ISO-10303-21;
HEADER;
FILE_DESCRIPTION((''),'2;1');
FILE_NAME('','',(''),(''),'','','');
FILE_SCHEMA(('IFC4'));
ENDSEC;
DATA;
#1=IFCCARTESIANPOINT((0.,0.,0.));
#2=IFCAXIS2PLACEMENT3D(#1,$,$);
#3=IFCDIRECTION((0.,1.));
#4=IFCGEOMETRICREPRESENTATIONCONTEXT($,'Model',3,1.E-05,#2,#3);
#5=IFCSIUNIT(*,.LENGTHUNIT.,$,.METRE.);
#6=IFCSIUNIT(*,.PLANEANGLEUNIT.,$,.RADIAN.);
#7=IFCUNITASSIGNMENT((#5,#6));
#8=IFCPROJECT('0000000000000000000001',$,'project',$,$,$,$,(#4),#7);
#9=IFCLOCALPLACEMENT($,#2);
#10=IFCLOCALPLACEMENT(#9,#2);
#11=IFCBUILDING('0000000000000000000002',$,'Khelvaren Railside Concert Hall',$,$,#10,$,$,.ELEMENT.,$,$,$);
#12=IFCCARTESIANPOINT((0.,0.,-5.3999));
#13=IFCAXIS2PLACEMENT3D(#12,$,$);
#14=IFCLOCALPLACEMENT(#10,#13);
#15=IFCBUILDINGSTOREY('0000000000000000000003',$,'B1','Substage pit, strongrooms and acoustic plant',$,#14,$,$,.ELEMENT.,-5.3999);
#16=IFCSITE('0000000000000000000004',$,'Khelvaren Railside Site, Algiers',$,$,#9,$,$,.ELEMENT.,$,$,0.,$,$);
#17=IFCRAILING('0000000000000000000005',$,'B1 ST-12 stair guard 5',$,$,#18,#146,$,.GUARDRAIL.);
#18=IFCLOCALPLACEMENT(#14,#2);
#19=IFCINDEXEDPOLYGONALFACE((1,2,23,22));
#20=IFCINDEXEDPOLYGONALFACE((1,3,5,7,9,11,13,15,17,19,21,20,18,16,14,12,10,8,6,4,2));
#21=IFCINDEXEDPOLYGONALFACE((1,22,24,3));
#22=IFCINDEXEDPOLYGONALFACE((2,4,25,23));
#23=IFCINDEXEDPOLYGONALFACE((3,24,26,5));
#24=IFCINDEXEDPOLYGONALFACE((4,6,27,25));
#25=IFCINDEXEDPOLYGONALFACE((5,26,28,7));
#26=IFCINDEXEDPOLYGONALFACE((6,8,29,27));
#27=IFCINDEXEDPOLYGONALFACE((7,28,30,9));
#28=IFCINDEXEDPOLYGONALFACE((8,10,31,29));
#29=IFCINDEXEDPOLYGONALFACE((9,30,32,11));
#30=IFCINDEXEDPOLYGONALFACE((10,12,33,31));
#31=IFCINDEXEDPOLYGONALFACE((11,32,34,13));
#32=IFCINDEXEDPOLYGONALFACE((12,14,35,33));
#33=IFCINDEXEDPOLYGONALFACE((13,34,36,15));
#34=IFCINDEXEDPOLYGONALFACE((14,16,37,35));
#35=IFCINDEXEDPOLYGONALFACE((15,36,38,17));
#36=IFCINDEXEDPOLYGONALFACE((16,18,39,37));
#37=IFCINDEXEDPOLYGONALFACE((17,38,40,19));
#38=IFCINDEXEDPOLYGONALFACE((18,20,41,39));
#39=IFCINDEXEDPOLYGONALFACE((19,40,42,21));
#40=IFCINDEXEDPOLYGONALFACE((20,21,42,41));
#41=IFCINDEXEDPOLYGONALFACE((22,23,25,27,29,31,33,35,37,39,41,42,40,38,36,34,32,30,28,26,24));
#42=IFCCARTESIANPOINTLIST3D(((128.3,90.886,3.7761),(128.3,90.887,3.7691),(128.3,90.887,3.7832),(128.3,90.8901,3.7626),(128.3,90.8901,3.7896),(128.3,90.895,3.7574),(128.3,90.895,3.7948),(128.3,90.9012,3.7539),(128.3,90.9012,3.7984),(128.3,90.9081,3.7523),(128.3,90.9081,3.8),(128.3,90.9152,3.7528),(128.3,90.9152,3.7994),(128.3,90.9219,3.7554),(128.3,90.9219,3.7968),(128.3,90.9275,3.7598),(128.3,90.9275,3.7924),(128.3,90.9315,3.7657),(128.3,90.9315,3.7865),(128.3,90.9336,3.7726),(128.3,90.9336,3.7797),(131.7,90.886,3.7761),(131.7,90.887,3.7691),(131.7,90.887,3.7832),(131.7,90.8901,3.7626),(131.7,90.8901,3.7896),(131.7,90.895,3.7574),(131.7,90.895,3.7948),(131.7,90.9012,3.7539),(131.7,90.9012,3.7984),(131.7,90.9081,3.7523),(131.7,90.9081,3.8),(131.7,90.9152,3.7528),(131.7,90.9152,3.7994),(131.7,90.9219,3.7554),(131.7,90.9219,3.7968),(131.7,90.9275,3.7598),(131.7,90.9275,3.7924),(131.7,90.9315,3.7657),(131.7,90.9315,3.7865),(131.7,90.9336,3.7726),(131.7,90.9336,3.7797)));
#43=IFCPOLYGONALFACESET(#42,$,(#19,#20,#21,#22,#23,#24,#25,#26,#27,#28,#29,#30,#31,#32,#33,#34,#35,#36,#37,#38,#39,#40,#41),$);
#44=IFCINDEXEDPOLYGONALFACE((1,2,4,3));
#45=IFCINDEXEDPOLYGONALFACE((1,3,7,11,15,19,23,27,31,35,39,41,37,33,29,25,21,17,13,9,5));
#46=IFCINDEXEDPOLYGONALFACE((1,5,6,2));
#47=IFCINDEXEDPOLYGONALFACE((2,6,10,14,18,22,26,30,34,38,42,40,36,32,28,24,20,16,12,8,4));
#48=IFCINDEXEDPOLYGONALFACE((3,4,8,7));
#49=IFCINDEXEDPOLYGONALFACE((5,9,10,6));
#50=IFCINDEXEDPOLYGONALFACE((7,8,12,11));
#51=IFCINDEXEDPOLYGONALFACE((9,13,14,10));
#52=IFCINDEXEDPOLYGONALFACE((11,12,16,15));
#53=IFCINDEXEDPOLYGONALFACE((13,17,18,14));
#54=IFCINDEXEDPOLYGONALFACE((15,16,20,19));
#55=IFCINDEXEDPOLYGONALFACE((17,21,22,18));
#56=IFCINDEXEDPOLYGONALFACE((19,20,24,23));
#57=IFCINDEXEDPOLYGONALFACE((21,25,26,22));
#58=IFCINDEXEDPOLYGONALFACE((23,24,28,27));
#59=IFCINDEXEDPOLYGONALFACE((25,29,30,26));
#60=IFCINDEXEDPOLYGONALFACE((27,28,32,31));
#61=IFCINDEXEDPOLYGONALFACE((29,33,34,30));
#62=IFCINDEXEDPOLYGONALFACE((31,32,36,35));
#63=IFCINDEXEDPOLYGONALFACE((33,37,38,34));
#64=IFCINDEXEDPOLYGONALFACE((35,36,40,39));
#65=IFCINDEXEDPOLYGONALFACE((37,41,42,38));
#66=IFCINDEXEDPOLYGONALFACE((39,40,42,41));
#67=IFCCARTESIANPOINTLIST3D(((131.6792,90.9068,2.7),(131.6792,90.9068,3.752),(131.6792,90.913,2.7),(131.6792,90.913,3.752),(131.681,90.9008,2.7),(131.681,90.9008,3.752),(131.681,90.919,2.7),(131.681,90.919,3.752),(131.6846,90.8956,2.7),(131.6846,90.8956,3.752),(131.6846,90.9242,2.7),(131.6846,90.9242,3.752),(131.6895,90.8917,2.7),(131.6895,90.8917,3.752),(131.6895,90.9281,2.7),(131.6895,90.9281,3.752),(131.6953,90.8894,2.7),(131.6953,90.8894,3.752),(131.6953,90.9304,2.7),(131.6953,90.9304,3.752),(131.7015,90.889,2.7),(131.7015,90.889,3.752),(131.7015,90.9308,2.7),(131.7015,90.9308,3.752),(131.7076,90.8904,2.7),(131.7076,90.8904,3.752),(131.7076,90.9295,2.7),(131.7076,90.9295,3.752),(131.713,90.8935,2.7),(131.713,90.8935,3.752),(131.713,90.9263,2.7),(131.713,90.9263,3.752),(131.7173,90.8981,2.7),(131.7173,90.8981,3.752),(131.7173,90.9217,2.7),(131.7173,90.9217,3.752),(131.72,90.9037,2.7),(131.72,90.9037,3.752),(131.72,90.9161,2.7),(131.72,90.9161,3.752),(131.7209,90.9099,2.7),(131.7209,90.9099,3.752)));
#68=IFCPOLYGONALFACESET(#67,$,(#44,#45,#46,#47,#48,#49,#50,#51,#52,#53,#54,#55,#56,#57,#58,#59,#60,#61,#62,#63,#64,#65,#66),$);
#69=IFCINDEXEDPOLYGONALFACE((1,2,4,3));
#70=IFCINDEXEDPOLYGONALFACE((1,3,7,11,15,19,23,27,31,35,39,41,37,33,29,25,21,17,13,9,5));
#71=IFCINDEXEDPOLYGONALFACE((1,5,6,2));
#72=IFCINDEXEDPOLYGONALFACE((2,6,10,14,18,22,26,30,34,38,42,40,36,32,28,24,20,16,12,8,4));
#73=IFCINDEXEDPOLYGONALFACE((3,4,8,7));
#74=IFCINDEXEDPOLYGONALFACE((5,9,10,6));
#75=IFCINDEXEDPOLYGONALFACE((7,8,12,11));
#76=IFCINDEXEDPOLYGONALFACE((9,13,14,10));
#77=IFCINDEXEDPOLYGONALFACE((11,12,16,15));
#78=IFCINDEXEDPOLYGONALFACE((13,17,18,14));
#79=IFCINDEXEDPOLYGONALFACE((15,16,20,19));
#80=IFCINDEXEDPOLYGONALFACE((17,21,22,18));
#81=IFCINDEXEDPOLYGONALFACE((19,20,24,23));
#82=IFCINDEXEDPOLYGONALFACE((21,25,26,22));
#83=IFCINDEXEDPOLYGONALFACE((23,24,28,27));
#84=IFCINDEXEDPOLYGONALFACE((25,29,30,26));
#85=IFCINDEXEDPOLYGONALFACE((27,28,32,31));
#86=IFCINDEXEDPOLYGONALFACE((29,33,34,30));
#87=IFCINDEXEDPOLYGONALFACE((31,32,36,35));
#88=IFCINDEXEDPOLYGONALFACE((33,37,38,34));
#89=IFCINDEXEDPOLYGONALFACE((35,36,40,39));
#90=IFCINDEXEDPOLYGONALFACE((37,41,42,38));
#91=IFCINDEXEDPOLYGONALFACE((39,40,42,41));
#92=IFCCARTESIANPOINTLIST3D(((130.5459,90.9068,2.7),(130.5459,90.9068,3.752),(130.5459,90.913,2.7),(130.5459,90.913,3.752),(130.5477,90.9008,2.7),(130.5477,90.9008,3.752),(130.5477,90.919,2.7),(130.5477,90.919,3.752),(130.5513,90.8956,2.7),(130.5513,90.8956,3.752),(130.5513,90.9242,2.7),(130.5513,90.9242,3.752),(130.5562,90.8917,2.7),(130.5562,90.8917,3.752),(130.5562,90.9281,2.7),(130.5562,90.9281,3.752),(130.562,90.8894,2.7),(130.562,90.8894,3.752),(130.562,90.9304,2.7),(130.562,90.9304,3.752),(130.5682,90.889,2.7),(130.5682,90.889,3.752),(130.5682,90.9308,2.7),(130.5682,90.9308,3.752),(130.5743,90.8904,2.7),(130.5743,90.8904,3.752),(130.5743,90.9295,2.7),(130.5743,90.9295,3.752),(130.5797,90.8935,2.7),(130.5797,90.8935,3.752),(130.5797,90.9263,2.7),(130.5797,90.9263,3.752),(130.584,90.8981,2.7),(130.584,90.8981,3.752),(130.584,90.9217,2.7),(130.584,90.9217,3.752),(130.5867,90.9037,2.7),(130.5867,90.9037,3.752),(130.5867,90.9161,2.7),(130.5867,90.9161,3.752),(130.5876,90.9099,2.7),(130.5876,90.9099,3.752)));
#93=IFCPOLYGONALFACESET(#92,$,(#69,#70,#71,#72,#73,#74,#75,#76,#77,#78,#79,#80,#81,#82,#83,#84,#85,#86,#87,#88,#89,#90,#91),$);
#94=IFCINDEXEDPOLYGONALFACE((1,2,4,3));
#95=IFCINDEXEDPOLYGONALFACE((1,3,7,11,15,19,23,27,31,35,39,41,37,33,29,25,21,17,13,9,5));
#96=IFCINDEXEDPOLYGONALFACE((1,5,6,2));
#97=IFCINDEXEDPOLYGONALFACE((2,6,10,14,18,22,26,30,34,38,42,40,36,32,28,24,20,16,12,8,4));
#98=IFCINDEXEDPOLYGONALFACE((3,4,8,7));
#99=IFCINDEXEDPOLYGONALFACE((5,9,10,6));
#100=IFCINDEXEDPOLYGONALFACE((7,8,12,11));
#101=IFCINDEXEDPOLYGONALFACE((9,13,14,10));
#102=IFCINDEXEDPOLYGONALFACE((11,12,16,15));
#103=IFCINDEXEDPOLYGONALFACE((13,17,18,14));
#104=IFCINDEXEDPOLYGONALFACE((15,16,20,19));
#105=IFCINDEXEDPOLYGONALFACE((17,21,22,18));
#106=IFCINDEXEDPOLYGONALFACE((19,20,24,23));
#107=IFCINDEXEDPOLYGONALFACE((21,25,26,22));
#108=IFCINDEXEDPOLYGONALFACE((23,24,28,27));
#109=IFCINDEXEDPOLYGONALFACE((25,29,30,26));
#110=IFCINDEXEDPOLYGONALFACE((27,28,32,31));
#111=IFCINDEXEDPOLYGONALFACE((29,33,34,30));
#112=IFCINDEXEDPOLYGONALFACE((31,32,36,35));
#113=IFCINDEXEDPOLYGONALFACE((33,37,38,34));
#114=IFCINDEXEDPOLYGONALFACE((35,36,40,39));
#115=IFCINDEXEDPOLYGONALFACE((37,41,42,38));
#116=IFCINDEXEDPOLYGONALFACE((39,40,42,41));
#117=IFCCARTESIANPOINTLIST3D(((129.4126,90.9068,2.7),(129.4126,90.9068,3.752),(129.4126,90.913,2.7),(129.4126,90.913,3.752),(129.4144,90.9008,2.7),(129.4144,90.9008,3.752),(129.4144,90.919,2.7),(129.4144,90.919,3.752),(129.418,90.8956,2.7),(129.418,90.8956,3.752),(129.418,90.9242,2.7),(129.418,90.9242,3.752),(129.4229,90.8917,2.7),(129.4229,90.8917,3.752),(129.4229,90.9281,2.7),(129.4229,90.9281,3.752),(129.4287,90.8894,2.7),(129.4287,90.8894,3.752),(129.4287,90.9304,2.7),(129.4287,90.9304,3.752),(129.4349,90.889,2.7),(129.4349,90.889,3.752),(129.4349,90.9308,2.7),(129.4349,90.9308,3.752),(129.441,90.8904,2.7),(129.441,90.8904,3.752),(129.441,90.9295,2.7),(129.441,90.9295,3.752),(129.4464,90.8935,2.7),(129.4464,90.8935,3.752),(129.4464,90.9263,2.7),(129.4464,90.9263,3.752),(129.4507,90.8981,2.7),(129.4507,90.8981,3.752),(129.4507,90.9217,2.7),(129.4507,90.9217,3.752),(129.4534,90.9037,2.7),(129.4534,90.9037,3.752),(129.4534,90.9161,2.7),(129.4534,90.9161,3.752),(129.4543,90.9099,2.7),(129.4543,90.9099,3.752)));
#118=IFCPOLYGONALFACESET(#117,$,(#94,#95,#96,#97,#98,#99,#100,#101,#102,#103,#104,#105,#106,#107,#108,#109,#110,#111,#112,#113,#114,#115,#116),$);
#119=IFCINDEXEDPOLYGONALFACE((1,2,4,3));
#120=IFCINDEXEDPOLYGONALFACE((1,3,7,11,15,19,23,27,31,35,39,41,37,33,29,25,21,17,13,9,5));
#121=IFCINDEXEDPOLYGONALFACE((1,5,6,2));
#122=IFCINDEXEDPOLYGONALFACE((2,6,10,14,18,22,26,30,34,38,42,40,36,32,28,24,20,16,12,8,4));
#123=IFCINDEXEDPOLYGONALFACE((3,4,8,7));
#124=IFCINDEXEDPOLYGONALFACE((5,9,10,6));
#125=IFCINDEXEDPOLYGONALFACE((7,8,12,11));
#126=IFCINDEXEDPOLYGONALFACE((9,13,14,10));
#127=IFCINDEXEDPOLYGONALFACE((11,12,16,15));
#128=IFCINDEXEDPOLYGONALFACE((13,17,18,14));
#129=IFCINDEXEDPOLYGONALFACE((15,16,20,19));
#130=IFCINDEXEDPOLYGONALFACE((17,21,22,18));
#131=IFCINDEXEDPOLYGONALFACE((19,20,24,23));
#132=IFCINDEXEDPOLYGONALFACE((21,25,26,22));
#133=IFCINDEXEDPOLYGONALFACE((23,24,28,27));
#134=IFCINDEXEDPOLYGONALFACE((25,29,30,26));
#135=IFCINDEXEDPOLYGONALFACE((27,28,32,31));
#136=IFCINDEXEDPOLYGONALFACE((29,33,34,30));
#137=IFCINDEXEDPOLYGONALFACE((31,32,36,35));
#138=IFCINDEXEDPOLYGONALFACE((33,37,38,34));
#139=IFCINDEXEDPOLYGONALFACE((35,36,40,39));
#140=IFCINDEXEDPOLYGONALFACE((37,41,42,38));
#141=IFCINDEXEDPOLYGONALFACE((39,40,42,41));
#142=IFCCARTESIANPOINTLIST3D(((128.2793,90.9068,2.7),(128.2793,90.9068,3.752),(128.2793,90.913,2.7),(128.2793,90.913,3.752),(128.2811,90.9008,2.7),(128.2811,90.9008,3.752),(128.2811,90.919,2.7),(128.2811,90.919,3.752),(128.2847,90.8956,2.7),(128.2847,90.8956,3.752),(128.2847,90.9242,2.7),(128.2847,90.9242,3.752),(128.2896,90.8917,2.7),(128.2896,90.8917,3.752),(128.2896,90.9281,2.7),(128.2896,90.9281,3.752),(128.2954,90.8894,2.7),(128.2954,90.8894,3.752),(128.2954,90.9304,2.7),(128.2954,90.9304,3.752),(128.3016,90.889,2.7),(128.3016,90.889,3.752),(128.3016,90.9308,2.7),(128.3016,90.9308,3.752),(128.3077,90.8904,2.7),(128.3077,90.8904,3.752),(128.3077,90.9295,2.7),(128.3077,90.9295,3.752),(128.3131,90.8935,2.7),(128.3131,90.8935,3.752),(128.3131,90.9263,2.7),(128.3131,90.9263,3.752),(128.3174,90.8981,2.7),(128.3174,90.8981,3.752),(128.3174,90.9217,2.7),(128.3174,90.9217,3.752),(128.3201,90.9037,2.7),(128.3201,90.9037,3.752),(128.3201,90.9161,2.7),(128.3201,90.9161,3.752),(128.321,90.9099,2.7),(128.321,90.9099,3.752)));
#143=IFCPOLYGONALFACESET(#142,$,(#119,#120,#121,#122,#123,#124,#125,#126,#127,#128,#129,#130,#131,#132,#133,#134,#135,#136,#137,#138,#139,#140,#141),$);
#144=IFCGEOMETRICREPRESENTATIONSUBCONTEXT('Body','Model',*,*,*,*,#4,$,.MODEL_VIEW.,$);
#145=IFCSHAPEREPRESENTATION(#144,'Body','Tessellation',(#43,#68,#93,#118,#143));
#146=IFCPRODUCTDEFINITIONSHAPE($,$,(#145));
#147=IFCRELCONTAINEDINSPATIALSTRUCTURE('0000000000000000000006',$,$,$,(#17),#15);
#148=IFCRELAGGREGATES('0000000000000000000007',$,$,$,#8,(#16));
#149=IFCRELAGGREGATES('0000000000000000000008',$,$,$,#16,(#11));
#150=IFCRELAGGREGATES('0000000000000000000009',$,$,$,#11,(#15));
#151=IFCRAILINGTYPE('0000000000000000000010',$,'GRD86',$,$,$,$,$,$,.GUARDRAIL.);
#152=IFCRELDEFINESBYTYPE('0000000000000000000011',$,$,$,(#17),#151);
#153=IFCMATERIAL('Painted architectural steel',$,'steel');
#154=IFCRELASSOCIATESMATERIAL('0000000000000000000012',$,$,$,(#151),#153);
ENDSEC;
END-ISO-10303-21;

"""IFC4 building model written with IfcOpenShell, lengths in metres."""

from ifc_helpers import new_model, si_unit, direction, frame, origin, origin_2d, place, context, subcontext, project, spatial, circle, extrude, material, type_object, element, save


model = new_model("IFC4")

# Units and contexts
model_context = context("Model", 3, precision=1e-05, world=origin(), true_north=direction((0.0, 1.0)))
body_context = subcontext(model_context, "Body", "Model", "MODEL_VIEW")
ifc_project = project(units=[si_unit("LENGTHUNIT", "METRE"), si_unit("PLANEANGLEUNIT", "RADIAN")], contexts=[model_context])

# Site, building, storey
site_placement = place(None, origin())
site = spatial("IfcSite", under=ifc_project, at=site_placement, Name="Khelvaren Railside Site, Algiers", CompositionType="ELEMENT", RefElevation=0.0)
building_placement = place(site_placement, origin())
building = spatial("IfcBuilding", under=site, at=building_placement, Name="Khelvaren Railside Concert Hall", CompositionType="ELEMENT")
storey_placement = place(building_placement, frame((0.0, 0.0, -5.3999)))
storey = spatial("IfcBuildingStorey", under=building, at=storey_placement, Name="B1", Description="Substage pit, strongrooms and acoustic plant", CompositionType="ELEMENT", Elevation=-5.3999)

# Railing
ifc_material_1 = material(Name="Painted architectural steel", Category="steel")
railing_type = type_object("IfcRailingType", Name="GRD86", PredefinedType="GUARDRAIL", material=ifc_material_1)
railing_1_placement = place(storey_placement, frame((131.7, 90.9099, 2.7)))
element("IfcRailing", 1, at=railing_1_placement, inside=storey, type_object=railing_type, Name="B1 ST-12 stair guard 5", PredefinedType="GUARDRAIL", context=body_context, shape_type="SweptSolid", body=[
    extrude(circle(Radius=0.0239, at=origin_2d()), frame((0.0, 0.0, 1.0762), z_axis=(-1.0, 0.0, 0.0), x_axis=(0.0, -1.0, 0.0)), (0.0, 0.0, 1.0), 3.3999),
    extrude(circle(Radius=0.021, at=origin_2d()), origin(), (0.0, 0.0, 1.0), 1.052),
    extrude(circle(Radius=0.021, at=origin_2d()), frame((-1.1333, 0.0, 0.0)), (0.0, 0.0, 1.0), 1.052),
    extrude(circle(Radius=0.021, at=origin_2d()), frame((-2.2666, 0.0, 0.0)), (0.0, 0.0, 1.0), 1.052),
    extrude(circle(Radius=0.021, at=origin_2d()), frame((-3.3999, 0.0, 0.0)), (0.0, 0.0, 1.0), 1.052),
])

save(model, "model.ifc")
